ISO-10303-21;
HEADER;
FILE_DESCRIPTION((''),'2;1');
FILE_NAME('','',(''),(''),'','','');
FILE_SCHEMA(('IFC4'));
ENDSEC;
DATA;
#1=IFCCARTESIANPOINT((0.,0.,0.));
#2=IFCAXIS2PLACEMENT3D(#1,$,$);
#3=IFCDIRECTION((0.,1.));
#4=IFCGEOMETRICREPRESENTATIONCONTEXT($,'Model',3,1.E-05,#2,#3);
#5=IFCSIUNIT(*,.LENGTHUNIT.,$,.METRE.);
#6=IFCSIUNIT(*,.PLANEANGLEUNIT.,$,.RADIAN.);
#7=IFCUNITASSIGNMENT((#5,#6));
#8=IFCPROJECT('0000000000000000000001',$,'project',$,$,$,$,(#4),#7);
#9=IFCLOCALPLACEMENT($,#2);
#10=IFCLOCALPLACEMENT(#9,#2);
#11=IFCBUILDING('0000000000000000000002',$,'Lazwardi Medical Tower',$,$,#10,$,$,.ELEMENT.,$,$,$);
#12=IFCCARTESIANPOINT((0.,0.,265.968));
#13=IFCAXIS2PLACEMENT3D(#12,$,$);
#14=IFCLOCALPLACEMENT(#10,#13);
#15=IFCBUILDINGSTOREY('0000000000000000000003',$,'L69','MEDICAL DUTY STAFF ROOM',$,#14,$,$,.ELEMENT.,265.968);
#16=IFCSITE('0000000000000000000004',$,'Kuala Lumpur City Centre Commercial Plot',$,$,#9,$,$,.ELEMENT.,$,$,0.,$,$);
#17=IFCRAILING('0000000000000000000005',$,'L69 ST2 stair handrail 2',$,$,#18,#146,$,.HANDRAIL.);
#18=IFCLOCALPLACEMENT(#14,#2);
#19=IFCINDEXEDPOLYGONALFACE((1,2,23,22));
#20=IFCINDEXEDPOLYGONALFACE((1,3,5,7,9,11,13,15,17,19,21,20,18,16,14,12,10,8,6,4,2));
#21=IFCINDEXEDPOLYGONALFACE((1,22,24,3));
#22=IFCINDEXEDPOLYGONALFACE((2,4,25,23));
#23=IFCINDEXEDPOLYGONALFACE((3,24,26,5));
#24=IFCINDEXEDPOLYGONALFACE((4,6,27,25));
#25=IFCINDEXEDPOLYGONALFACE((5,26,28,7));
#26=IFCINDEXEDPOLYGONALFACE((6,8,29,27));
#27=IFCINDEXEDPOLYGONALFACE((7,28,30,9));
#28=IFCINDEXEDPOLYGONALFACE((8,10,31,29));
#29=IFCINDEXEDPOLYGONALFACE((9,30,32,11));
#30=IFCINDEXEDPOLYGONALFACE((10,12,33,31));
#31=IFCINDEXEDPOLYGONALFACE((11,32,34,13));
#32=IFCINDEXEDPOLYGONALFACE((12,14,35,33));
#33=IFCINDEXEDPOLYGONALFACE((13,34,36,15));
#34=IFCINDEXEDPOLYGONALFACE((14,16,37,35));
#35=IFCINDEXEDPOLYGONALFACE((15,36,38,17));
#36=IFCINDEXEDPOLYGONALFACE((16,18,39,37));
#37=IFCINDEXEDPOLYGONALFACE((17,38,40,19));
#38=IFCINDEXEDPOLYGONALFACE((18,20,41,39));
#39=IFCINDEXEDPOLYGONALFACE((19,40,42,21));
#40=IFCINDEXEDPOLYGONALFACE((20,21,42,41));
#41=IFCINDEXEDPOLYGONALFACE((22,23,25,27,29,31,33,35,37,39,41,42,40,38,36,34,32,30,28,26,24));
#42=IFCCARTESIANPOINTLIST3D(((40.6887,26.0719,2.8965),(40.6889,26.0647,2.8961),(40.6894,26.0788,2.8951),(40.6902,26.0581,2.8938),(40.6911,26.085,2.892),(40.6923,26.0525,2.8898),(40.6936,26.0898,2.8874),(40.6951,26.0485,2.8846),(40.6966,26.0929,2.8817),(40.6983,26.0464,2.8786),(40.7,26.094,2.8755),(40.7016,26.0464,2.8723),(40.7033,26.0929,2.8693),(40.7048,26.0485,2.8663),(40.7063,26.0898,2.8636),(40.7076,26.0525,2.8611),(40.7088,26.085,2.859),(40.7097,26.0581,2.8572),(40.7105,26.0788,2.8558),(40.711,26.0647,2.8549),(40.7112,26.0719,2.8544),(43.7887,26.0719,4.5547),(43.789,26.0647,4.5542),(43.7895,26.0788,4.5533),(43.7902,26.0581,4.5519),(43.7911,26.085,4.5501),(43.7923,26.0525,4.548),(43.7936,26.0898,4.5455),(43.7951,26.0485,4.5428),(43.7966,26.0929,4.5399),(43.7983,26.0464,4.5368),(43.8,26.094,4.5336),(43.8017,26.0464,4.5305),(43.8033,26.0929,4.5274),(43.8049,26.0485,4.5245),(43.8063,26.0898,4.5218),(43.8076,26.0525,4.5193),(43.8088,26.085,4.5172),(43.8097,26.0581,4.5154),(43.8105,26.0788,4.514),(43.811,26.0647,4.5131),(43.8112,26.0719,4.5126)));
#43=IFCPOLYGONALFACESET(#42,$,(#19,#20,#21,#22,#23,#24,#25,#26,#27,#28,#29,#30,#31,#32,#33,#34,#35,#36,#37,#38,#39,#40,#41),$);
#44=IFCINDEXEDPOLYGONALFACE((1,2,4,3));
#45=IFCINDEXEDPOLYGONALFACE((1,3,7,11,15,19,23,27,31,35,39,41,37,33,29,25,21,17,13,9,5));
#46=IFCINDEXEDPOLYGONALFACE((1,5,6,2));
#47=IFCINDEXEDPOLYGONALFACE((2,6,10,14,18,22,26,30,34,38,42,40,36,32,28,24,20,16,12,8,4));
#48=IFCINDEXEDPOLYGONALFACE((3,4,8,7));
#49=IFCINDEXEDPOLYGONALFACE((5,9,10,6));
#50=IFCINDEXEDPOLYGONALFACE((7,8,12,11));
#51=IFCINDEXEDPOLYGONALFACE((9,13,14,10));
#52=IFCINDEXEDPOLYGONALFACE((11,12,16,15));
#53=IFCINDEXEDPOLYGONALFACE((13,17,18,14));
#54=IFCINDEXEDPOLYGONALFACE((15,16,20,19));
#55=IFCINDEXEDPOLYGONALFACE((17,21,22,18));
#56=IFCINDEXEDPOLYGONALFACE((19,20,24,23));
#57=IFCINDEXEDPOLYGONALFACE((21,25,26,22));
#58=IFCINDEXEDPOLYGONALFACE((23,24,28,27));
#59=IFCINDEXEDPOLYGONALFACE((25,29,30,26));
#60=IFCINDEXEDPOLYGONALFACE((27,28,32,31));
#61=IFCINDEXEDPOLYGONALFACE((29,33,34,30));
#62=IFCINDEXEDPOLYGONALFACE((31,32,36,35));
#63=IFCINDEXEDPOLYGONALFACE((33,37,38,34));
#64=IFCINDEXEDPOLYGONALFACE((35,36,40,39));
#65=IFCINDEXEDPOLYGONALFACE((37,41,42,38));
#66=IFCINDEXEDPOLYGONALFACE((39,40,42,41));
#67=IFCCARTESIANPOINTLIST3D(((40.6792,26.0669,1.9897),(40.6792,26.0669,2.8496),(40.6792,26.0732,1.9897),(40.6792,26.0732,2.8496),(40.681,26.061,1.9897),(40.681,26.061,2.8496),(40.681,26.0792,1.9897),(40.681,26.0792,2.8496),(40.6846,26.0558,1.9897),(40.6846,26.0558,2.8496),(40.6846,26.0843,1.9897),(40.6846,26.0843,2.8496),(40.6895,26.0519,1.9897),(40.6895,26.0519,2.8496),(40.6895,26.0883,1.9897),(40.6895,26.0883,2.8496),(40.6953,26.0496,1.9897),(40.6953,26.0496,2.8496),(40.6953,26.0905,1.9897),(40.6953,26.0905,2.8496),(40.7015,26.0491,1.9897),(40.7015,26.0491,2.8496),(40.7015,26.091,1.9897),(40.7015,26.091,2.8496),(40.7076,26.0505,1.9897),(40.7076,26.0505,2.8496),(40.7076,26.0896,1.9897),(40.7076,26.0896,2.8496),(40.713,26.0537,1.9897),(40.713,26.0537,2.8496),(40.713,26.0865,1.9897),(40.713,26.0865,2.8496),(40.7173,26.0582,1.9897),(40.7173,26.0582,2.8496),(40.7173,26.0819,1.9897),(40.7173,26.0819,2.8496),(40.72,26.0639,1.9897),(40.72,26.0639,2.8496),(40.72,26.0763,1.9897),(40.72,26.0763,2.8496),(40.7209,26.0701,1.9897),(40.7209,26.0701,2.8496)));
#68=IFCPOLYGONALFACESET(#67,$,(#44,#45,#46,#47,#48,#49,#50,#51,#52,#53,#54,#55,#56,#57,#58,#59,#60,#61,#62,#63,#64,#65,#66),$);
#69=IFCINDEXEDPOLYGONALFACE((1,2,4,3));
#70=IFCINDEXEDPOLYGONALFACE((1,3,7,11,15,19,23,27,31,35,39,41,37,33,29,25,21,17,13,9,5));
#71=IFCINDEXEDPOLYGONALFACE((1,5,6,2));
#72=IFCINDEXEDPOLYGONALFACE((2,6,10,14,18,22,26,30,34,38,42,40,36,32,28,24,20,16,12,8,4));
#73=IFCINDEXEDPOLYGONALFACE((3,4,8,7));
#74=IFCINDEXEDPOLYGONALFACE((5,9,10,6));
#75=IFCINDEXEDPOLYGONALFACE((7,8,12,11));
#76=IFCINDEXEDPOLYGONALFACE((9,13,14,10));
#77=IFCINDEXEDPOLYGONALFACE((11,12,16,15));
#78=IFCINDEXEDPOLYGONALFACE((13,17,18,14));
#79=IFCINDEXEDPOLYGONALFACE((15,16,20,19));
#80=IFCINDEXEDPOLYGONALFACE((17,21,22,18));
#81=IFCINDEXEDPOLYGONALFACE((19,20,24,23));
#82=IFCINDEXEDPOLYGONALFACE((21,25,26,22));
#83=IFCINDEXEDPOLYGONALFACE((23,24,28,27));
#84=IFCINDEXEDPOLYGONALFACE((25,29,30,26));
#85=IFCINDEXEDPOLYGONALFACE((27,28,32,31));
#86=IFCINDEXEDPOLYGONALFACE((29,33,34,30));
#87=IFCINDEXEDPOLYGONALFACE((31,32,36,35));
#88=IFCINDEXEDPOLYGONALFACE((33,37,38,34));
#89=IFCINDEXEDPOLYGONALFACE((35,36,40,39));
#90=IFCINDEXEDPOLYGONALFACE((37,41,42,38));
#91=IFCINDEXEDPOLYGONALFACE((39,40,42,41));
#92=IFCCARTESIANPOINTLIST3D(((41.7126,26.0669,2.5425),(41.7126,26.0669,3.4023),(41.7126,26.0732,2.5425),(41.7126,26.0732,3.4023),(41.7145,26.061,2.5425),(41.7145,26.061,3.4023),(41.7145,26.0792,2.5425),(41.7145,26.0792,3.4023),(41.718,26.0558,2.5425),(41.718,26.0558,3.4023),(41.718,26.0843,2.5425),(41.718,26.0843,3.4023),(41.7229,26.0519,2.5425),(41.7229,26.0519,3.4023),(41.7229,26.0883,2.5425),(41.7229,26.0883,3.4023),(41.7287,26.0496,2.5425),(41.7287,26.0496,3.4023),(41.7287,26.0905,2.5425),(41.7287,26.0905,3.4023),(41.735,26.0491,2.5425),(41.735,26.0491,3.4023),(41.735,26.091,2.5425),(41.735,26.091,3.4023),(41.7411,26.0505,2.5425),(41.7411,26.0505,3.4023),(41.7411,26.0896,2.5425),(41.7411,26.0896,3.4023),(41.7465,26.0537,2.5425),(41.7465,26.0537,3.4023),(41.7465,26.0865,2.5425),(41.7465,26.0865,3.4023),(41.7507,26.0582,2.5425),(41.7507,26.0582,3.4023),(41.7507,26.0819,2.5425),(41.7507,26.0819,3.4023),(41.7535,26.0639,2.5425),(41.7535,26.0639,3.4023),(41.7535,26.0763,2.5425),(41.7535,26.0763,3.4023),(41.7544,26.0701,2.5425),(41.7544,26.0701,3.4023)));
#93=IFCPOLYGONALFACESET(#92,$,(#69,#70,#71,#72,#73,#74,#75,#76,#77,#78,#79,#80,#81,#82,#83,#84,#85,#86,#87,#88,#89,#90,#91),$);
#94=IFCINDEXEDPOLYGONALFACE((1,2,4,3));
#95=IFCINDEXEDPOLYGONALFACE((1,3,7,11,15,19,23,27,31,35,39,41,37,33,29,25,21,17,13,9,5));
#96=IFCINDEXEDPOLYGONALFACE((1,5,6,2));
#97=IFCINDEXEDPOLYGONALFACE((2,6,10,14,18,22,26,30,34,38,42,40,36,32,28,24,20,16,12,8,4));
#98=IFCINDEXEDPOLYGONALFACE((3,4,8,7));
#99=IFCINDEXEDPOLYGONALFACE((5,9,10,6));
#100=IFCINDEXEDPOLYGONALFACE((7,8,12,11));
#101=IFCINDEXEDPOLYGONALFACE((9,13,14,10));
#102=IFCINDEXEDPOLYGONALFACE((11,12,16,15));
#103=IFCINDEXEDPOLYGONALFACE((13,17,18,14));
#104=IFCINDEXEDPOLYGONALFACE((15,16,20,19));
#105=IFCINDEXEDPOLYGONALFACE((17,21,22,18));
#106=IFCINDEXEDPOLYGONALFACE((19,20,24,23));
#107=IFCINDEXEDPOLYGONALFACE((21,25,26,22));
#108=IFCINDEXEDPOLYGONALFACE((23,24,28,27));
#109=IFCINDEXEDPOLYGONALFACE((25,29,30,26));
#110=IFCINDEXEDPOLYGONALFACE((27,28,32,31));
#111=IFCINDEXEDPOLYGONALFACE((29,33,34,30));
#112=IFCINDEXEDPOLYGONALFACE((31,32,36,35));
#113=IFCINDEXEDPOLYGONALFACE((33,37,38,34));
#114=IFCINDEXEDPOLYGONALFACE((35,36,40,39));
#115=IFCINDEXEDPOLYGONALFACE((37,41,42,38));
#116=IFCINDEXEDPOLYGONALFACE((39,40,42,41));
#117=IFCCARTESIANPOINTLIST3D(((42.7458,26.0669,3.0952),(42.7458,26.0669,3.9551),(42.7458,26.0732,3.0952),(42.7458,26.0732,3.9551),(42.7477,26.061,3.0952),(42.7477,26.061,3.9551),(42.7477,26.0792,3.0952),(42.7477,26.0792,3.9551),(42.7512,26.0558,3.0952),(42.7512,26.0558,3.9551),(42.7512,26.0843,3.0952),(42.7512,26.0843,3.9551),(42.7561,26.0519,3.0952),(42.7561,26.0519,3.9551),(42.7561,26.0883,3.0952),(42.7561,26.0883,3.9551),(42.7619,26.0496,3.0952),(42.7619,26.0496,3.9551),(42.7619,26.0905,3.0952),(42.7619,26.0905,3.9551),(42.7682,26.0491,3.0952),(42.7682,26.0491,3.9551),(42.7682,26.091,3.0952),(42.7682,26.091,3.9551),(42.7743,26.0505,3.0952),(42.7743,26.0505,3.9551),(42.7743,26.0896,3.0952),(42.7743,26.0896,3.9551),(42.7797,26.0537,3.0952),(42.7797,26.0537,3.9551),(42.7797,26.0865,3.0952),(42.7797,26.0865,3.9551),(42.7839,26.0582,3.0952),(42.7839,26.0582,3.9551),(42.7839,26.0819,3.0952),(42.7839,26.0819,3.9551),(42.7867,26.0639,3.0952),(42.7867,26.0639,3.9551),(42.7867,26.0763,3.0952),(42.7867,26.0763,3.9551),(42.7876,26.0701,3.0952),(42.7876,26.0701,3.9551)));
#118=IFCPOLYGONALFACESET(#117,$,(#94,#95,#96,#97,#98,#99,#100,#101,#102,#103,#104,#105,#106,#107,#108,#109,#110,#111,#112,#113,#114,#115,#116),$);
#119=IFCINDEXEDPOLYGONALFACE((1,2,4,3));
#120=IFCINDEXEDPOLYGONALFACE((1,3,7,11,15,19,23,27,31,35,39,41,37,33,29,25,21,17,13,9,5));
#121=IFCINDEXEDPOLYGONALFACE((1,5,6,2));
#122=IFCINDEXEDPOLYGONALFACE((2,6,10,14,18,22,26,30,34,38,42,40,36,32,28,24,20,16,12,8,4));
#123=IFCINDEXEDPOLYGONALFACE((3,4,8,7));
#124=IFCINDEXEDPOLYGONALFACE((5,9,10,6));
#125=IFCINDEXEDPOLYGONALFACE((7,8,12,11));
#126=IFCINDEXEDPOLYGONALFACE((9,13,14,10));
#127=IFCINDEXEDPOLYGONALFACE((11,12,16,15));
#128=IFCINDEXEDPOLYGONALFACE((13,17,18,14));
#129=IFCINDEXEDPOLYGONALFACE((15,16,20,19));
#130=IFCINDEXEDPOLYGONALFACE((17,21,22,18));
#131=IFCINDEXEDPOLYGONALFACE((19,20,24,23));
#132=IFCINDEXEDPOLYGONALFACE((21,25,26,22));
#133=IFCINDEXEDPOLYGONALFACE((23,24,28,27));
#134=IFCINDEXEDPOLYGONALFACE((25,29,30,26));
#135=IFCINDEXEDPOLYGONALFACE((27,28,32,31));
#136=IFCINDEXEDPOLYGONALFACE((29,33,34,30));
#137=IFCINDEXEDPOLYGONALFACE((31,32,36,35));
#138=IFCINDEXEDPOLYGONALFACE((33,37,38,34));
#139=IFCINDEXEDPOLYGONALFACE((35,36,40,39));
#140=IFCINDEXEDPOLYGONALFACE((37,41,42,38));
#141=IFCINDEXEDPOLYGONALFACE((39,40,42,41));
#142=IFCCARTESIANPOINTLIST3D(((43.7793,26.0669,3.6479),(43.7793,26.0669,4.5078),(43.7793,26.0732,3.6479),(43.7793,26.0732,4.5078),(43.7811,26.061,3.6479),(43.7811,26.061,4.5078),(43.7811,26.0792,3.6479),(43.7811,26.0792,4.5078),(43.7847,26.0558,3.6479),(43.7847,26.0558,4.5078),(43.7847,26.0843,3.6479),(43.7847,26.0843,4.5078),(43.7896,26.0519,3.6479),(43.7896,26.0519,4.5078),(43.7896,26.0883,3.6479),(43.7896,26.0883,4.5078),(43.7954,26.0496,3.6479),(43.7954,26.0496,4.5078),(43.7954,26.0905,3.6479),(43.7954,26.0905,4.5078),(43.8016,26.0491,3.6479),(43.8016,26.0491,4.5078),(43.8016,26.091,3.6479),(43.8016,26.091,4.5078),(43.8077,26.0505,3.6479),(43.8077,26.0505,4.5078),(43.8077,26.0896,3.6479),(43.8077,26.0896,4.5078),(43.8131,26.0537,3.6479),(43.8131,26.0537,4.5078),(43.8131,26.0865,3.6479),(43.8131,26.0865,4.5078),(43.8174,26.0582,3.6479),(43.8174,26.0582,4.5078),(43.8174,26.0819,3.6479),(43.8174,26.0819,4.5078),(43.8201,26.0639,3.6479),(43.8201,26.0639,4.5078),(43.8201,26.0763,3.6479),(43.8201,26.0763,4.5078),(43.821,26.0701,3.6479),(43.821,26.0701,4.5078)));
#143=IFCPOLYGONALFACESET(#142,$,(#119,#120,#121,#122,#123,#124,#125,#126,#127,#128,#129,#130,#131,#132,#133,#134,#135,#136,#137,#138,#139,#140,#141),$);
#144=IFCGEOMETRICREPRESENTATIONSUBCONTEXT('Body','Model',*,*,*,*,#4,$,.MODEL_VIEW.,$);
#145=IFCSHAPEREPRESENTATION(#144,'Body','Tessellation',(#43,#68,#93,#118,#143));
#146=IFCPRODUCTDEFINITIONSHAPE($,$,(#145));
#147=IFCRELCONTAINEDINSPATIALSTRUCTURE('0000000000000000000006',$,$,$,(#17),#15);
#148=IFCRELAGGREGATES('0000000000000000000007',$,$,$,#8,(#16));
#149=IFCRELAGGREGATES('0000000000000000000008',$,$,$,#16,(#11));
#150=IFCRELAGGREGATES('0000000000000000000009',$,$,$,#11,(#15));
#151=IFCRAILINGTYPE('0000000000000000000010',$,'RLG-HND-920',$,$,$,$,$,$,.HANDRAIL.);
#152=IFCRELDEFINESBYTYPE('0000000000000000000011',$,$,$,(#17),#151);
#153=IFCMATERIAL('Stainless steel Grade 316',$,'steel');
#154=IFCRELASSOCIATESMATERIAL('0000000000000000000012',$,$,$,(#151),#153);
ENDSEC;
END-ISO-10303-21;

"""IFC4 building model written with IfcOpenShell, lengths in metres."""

from ifc_helpers import new_model, si_unit, direction, frame, origin, origin_2d, place, context, subcontext, project, spatial, circle, extrude, material, type_object, element, save


model = new_model("IFC4")

# Units and contexts
model_context = context("Model", 3, precision=1e-05, world=origin(), true_north=direction((0.0, 1.0)))
body_context = subcontext(model_context, "Body", "Model", "MODEL_VIEW")
ifc_project = project(units=[si_unit("LENGTHUNIT", "METRE"), si_unit("PLANEANGLEUNIT", "RADIAN")], contexts=[model_context])

# Site, building, storey
site_placement = place(None, origin())
site = spatial("IfcSite", under=ifc_project, at=site_placement, Name="Kuala Lumpur City Centre Commercial Plot", CompositionType="ELEMENT", RefElevation=0.0)
building_placement = place(site_placement, origin())
building = spatial("IfcBuilding", under=site, at=building_placement, Name="Lazwardi Medical Tower", CompositionType="ELEMENT")
storey_placement = place(building_placement, frame((0.0, 0.0, 265.968)))
storey = spatial("IfcBuildingStorey", under=building, at=storey_placement, Name="L69", Description="MEDICAL DUTY STAFF ROOM", CompositionType="ELEMENT", Elevation=265.968)

# Railing
ifc_material_1 = material(Name="Stainless steel Grade 316", Category="steel")
railing_type_1 = type_object("IfcRailingType", Name="RLG-HND-920", PredefinedType="HANDRAIL", material=ifc_material_1)
railing_1_placement = place(storey_placement, frame((40.7, 26.0701, 1.9897)))
element("IfcRailing", 1, at=railing_1_placement, inside=storey, type_object=railing_type_1, Name="L69 ST2 stair handrail 2", PredefinedType="HANDRAIL", context=body_context, shape_type="SweptSolid", body=[
    extrude(circle(Radius=0.0239, at=origin_2d()), frame((0.0, 0.0, 0.8857), z_axis=(0.881783, 0.0, 0.471655), x_axis=(0.0, 1.0, 0.0)), (0.0, 0.0, 1.0), 3.5156),
    extrude(circle(Radius=0.021, at=origin_2d()), origin(), (0.0, 0.0, 1.0), 0.8599),
    extrude(circle(Radius=0.021, at=origin_2d()), frame((1.0334, 0.0, 0.5527)), (0.0, 0.0, 1.0), 0.8599),
    extrude(circle(Radius=0.021, at=origin_2d()), frame((2.0667, 0.0, 1.1055)), (0.0, 0.0, 1.0), 0.8599),
    extrude(circle(Radius=0.021, at=origin_2d()), frame((3.1001, 0.0, 1.6582)), (0.0, 0.0, 1.0), 0.8599),
])

save(model, "model.ifc")
